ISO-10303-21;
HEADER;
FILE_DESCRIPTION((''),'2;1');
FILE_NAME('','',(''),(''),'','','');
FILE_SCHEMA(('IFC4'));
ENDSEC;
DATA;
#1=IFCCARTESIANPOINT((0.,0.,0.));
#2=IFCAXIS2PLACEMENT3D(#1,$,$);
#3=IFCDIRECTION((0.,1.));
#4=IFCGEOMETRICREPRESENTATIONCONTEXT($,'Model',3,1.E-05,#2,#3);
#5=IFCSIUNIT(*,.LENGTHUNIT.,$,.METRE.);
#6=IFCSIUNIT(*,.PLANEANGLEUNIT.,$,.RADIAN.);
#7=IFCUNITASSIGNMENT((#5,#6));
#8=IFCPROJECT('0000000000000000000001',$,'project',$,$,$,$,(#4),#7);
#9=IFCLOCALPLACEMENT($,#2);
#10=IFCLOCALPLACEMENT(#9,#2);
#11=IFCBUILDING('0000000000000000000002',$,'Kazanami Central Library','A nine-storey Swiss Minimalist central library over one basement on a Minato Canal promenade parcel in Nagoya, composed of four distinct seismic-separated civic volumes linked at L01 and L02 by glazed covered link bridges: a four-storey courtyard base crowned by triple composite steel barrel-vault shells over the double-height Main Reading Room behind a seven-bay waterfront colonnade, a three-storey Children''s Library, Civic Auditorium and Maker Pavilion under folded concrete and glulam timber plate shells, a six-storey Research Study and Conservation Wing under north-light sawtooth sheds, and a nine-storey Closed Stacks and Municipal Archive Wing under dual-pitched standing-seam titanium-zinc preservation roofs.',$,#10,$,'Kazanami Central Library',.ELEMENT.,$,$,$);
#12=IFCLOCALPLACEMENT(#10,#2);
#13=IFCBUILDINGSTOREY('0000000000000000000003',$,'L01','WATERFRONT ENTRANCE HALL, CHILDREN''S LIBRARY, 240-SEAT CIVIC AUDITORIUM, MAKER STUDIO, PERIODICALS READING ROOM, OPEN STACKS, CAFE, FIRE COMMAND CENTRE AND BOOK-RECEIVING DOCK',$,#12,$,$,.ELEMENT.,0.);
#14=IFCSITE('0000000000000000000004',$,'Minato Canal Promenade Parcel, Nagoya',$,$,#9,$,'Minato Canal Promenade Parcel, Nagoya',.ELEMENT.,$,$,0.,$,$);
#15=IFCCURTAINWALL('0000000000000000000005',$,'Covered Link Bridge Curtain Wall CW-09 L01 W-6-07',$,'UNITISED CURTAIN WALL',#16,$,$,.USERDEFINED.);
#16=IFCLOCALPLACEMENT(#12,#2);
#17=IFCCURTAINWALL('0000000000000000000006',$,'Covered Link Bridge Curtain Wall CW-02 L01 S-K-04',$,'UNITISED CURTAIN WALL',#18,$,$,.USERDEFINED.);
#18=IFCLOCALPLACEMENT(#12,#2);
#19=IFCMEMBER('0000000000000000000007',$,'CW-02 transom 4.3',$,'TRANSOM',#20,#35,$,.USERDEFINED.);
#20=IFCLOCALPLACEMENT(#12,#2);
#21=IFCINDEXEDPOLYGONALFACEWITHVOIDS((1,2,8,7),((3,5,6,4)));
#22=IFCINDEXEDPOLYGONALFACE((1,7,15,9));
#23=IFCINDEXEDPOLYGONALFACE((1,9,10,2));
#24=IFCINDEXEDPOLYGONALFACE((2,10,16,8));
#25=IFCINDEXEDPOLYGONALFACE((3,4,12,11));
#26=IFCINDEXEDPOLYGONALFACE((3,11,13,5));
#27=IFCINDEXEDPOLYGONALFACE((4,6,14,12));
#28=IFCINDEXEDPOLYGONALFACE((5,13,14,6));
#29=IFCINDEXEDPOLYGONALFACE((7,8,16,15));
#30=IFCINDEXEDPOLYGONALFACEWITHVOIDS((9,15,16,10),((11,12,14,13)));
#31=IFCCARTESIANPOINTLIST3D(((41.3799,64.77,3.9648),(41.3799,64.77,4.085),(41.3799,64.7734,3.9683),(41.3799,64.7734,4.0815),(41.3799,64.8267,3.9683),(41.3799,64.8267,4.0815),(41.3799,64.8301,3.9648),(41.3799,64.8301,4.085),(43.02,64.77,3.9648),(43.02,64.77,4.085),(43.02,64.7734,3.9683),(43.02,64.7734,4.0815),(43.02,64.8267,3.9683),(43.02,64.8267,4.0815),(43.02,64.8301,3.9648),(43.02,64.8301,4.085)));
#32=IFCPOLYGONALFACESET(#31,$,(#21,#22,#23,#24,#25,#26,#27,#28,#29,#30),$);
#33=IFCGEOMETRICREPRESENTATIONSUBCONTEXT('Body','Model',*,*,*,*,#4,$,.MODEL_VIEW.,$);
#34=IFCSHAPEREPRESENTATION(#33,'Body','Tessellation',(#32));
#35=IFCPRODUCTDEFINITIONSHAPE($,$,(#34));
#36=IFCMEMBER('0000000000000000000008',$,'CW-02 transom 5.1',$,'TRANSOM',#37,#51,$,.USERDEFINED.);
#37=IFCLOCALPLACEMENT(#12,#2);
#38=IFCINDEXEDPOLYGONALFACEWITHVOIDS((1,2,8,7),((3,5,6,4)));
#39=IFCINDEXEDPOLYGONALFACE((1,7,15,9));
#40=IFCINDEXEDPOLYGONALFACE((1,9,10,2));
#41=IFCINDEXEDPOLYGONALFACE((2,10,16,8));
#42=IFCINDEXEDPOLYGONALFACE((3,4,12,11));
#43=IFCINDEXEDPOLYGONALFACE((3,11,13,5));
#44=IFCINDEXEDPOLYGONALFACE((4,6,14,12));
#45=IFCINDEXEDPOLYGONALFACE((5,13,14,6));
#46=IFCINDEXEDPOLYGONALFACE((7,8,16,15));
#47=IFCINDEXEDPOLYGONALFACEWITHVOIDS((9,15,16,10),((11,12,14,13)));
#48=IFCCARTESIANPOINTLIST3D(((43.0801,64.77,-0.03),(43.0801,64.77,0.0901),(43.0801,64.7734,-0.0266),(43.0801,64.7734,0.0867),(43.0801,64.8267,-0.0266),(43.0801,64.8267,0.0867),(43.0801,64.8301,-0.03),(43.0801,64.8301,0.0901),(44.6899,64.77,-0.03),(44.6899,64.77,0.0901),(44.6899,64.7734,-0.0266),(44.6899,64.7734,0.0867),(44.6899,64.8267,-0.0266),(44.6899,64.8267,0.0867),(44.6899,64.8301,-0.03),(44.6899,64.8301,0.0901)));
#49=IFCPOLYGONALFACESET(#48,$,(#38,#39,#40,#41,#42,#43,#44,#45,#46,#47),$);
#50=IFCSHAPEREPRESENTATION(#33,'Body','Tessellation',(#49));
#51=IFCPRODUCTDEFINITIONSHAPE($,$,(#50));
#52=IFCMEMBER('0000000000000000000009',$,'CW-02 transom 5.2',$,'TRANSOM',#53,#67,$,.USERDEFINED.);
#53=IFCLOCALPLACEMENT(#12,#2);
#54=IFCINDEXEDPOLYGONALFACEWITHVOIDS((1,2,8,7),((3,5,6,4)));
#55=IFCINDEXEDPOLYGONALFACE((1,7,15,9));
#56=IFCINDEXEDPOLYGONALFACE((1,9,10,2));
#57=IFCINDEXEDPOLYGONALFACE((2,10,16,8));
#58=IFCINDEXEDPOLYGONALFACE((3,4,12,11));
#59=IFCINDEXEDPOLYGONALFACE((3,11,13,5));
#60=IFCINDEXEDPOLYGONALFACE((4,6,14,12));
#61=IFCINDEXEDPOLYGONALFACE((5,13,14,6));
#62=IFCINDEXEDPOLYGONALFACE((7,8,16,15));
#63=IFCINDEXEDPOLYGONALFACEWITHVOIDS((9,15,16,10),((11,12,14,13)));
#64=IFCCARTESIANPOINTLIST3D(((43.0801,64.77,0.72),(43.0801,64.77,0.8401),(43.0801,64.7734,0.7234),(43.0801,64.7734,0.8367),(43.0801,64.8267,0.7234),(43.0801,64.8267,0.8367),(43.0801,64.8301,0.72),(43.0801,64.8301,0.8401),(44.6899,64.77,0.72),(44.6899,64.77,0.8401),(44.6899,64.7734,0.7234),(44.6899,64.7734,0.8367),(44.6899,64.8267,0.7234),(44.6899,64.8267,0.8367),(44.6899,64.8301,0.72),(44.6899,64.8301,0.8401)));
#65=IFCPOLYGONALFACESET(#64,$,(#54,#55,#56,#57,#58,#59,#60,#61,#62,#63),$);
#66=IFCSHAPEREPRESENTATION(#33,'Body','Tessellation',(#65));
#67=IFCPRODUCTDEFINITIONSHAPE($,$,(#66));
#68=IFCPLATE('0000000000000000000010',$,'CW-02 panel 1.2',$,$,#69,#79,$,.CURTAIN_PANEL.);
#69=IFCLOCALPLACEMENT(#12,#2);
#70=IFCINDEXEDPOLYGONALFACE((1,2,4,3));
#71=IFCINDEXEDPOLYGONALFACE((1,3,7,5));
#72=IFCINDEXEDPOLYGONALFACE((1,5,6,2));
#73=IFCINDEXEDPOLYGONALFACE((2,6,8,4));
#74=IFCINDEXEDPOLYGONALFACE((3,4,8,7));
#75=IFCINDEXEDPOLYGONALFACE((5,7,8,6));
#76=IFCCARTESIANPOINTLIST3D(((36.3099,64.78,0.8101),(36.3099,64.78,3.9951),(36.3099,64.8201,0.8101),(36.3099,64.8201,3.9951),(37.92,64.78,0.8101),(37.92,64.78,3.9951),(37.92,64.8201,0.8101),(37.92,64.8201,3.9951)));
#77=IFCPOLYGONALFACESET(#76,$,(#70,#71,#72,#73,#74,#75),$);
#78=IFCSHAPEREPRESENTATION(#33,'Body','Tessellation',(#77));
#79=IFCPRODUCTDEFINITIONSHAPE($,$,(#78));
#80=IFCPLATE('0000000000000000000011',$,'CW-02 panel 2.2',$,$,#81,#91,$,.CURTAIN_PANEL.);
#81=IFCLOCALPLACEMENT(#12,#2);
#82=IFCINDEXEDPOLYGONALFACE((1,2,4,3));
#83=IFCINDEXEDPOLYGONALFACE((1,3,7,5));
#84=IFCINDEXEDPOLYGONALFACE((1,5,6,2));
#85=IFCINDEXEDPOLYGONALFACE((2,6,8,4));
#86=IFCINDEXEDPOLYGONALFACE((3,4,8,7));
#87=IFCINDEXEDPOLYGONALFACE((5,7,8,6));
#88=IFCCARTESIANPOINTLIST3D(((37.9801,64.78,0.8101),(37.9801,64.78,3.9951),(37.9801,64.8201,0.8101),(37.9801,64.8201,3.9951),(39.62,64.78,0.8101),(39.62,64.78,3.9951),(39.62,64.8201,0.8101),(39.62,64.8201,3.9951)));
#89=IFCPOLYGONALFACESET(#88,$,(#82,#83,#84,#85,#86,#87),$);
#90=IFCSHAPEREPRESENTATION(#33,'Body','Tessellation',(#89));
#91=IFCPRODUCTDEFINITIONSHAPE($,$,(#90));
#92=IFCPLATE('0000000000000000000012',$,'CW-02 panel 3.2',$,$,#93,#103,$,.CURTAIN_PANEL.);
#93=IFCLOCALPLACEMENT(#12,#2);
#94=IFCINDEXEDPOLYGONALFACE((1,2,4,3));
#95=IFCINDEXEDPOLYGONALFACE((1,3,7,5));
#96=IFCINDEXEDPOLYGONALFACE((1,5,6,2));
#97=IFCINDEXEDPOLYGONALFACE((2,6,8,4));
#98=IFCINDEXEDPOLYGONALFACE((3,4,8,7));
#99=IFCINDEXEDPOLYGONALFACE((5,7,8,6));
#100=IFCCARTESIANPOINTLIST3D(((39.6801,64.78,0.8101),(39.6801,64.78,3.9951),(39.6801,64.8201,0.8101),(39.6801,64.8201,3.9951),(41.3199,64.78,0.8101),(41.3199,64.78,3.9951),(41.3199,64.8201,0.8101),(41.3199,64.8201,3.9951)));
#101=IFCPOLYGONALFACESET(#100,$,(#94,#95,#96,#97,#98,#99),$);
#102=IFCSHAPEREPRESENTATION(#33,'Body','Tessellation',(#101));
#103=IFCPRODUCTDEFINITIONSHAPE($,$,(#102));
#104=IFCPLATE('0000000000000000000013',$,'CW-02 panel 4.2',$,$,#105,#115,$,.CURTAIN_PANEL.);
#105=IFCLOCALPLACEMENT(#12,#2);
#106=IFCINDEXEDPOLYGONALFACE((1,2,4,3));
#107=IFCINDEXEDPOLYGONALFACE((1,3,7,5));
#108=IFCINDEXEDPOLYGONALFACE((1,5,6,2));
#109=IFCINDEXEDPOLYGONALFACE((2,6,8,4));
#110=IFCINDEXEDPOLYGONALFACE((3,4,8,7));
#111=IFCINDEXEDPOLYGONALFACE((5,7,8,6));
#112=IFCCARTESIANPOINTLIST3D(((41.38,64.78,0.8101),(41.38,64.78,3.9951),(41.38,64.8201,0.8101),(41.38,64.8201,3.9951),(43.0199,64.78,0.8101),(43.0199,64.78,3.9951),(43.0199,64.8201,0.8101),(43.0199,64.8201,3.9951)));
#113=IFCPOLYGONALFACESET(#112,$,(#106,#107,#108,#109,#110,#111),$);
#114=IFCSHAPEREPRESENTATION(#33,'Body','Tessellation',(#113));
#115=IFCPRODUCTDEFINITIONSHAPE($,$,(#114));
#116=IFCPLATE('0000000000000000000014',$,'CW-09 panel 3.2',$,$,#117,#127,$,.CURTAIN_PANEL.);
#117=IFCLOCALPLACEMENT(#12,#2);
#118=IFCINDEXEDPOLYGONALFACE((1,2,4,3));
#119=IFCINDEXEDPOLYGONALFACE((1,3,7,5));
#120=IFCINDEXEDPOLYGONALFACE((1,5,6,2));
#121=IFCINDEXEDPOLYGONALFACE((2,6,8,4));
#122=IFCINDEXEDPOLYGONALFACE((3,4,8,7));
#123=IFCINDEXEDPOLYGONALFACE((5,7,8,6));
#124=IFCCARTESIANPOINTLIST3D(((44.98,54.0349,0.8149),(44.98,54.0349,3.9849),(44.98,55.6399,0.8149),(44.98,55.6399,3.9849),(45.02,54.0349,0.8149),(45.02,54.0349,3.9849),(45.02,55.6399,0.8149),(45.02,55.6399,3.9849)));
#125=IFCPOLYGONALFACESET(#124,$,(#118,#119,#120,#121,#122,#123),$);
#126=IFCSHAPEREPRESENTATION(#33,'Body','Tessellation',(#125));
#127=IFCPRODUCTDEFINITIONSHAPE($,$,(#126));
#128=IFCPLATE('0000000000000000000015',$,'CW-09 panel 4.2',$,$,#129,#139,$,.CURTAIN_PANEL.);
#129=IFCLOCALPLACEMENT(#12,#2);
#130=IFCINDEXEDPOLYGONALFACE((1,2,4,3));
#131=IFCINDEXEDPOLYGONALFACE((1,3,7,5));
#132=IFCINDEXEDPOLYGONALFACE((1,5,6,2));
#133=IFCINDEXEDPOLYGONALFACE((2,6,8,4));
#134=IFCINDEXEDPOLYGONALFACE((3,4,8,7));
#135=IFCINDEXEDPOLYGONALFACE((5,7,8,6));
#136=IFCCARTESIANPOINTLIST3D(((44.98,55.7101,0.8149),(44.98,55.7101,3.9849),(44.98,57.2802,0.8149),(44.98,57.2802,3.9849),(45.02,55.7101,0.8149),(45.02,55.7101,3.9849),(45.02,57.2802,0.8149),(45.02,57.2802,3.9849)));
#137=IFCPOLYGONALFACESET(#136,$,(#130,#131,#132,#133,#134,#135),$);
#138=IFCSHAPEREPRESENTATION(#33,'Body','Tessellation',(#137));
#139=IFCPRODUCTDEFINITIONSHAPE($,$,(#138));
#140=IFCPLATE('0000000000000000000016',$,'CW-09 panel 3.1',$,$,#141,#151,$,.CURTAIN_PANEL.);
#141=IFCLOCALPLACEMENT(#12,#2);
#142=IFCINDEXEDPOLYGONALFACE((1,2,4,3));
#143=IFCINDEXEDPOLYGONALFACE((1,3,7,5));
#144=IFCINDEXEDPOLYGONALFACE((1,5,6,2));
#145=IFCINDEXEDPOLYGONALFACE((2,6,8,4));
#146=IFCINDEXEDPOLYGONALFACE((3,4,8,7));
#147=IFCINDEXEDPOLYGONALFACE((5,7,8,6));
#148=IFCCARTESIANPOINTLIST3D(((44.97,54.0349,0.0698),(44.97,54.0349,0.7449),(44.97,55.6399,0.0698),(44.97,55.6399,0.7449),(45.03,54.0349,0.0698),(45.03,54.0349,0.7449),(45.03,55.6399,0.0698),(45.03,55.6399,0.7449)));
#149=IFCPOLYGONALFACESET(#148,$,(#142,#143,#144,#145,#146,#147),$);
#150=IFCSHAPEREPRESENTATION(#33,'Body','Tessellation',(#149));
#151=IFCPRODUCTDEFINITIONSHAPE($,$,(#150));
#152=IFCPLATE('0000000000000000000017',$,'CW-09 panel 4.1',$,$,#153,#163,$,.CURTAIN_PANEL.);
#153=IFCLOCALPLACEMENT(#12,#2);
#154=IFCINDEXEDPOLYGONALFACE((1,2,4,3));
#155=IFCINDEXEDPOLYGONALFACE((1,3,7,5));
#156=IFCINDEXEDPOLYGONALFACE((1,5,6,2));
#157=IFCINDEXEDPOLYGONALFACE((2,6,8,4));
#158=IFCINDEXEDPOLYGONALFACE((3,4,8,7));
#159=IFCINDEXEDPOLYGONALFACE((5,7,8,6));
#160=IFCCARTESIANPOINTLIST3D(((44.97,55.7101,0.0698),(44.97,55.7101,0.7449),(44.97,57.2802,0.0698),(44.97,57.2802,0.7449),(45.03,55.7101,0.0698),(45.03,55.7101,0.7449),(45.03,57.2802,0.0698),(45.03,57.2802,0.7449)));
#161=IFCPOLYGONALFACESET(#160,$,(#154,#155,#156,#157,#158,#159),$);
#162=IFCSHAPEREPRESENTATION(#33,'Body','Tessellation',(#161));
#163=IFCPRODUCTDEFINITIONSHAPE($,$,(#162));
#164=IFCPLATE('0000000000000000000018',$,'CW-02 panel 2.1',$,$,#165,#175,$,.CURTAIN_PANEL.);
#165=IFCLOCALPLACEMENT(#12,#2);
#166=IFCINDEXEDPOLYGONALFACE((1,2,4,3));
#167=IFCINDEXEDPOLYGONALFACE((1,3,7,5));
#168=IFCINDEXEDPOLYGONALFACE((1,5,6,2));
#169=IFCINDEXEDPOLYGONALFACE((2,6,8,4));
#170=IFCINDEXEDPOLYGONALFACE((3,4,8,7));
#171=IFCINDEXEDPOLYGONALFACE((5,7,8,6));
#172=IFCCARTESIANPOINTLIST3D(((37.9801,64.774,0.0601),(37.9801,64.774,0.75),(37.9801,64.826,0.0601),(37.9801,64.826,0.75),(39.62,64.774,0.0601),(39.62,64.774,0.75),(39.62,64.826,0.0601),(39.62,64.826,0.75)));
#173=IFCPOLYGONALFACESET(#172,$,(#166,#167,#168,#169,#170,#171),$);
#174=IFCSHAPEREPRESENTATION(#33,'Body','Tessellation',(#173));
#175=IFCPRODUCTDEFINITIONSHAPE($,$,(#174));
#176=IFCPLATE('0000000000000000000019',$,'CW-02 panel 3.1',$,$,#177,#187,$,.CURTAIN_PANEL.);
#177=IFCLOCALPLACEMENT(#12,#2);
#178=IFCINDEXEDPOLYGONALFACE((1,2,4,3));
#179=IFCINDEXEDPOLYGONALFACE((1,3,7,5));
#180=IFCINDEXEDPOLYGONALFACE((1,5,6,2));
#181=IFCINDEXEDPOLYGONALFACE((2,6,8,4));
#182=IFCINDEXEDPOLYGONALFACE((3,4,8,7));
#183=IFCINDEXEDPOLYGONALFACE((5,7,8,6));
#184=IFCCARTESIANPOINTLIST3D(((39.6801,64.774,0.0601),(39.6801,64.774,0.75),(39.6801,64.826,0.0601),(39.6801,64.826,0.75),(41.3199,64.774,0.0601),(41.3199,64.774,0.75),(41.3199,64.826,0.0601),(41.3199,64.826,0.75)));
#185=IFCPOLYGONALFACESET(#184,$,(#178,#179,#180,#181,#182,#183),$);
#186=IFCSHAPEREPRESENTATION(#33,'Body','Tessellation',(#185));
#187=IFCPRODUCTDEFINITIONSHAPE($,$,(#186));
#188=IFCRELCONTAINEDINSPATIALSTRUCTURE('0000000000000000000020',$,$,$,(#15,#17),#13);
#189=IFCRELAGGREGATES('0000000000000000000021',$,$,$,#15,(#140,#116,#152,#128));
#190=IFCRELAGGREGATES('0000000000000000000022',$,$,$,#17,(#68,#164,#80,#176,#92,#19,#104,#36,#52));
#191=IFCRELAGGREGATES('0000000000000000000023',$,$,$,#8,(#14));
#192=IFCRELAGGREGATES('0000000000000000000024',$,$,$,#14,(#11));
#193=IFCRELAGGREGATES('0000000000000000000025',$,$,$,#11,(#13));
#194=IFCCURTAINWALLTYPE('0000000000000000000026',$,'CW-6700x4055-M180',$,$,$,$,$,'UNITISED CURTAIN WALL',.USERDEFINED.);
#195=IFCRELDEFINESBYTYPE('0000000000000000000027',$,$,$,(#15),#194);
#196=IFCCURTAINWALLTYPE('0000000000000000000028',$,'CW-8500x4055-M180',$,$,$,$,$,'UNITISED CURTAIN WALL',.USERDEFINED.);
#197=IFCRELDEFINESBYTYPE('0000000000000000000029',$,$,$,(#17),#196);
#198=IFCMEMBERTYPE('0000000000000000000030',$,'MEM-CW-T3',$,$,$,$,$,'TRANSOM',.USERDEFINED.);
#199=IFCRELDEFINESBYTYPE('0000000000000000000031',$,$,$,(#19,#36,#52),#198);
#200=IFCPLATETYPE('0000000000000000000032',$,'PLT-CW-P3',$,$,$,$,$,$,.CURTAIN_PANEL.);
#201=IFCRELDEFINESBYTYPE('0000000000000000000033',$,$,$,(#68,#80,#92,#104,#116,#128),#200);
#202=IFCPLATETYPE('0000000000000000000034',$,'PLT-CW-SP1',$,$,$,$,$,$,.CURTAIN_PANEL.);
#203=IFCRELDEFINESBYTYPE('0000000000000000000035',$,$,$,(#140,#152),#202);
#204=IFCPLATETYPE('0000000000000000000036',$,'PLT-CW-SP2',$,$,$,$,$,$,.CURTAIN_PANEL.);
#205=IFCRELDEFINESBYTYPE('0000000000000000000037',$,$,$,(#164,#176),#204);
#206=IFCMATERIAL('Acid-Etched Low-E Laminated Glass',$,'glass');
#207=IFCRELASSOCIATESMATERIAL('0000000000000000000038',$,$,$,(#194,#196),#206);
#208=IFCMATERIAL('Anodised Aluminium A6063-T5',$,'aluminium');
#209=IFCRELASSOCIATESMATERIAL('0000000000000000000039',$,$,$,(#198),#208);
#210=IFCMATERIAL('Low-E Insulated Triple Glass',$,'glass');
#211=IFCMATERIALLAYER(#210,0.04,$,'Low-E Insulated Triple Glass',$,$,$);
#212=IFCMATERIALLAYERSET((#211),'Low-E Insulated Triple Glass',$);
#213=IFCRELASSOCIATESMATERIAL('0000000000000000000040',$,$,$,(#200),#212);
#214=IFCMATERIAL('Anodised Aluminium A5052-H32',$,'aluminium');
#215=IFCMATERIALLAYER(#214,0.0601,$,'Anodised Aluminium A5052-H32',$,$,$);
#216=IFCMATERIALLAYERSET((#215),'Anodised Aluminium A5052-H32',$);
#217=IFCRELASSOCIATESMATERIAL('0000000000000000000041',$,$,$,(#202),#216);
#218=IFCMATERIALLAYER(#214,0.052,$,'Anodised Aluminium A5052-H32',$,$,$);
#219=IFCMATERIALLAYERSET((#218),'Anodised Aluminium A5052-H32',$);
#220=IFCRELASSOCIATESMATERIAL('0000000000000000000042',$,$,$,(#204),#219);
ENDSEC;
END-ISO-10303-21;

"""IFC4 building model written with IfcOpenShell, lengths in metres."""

from ifc_helpers import new_model, si_unit, direction, frame, origin, origin_2d, place, context, subcontext, project, spatial, rectangle, hollow_rectangle, extrude, material, layer, layer_set, material_profile, profile_set, type_object, element, aggregate, save


model = new_model("IFC4")

# Units and contexts
model_context = context("Model", 3, precision=1e-05, world=origin(), true_north=direction((0.0, 1.0)))
body_context = subcontext(model_context, "Body", "Model", "MODEL_VIEW")
ifc_project = project(units=[si_unit("LENGTHUNIT", "METRE"), si_unit("PLANEANGLEUNIT", "RADIAN")], contexts=[model_context])

# Site, building, storey
site_placement = place(None, origin())
site = spatial("IfcSite", under=ifc_project, at=site_placement, Name="Minato Canal Promenade Parcel, Nagoya", LongName="Minato Canal Promenade Parcel, Nagoya", CompositionType="ELEMENT", RefElevation=0.0)
building_placement = place(site_placement, origin())
building = spatial("IfcBuilding", under=site, at=building_placement, Name="Kazanami Central Library", Description="A nine-storey Swiss Minimalist central library over one basement on a Minato Canal promenade parcel in Nagoya, composed of four distinct seismic-separated civic volumes linked at L01 and L02 by glazed covered link bridges: a four-storey courtyard base crowned by triple composite steel barrel-vault shells over the double-height Main Reading Room behind a seven-bay waterfront colonnade, a three-storey Children's Library, Civic Auditorium and Maker Pavilion under folded concrete and glulam timber plate shells, a six-storey Research Study and Conservation Wing under north-light sawtooth sheds, and a nine-storey Closed Stacks and Municipal Archive Wing under dual-pitched standing-seam titanium-zinc preservation roofs.", LongName="Kazanami Central Library", CompositionType="ELEMENT")
storey_placement = place(building_placement, origin())
storey = spatial("IfcBuildingStorey", under=building, at=storey_placement, Name="L01", Description="WATERFRONT ENTRANCE HALL, CHILDREN'S LIBRARY, 240-SEAT CIVIC AUDITORIUM, MAKER STUDIO, PERIODICALS READING ROOM, OPEN STACKS, CAFE, FIRE COMMAND CENTRE AND BOOK-RECEIVING DOCK", CompositionType="ELEMENT", Elevation=0.0)

# Curtain walls
ifc_material_1 = material(Name="Acid-Etched Low-E Laminated Glass", Category="glass")
curtain_wall_type_1 = type_object("IfcCurtainWallType", Name="CW-6700x4055-M180", ElementType="UNITISED CURTAIN WALL", PredefinedType="USERDEFINED", material=ifc_material_1)
curtain_wall_1_placement = place(storey_placement, origin())
curtain_wall_1 = element("IfcCurtainWall", 1, at=curtain_wall_1_placement, inside=storey, type_object=curtain_wall_type_1, Name="Covered Link Bridge Curtain Wall CW-09 L01 W-6-07", ObjectType="UNITISED CURTAIN WALL", PredefinedType="USERDEFINED")
ifc_material_2 = material(Name="Anodised Aluminium A6063-T5", Category="aluminium")
curtain_wall_type_2 = type_object("IfcCurtainWallType", Name="CW-8500x4055-M180", ElementType="UNITISED CURTAIN WALL", PredefinedType="USERDEFINED", material=ifc_material_1)
curtain_wall_2_placement = place(storey_placement, origin())
curtain_wall_2 = element("IfcCurtainWall", 2, at=curtain_wall_2_placement, inside=storey, type_object=curtain_wall_type_2, Name="Covered Link Bridge Curtain Wall CW-02 L01 S-K-04", ObjectType="UNITISED CURTAIN WALL", PredefinedType="USERDEFINED")

# Members
ifc_material_profile_1 = material_profile(ifc_material_2, hollow_rectangle(XDim=0.0601, YDim=0.1201, WallThickness=0.0034, at=origin_2d()), Name="ALU-TRAN-60x120x3.5")
ifc_profile_set_1 = profile_set([ifc_material_profile_1], Name="Anodised Aluminium A6063-T5")
member_type_1 = type_object("IfcMemberType", Name="MEM-CW-T3", ElementType="TRANSOM", PredefinedType="USERDEFINED", material=ifc_profile_set_1)
member_1_placement = place(storey_placement, frame((41.3799, 64.8, 4.0249), z_axis=(1.0, 0.0, 0.0), x_axis=(0.0, 1.0, 0.0)))
member_1 = element("IfcMember", 3, at=member_1_placement, type_object=member_type_1, Name="CW-02 transom 4.3", ObjectType="TRANSOM", PredefinedType="USERDEFINED", context=body_context, shape_type="SweptSolid", body=[
    extrude(hollow_rectangle(XDim=0.0601, YDim=0.1201, WallThickness=0.0034, at=origin_2d()), origin(), (0.0, 0.0, 1.0), 1.6401),
])
member_2_placement = place(storey_placement, frame((43.0801, 64.8, 0.03), z_axis=(1.0, 0.0, 0.0), x_axis=(0.0, 1.0, 0.0)))
member_2 = element("IfcMember", 4, at=member_2_placement, type_object=member_type_1, Name="CW-02 transom 5.1", ObjectType="TRANSOM", PredefinedType="USERDEFINED", context=body_context, shape_type="SweptSolid", body=[
    extrude(hollow_rectangle(XDim=0.0601, YDim=0.1201, WallThickness=0.0034, at=origin_2d()), origin(), (0.0, 0.0, 1.0), 1.6099),
])
member_3_placement = place(storey_placement, frame((43.0801, 64.8, 0.78), z_axis=(1.0, 0.0, 0.0), x_axis=(0.0, 1.0, 0.0)))
member_3 = element("IfcMember", 5, at=member_3_placement, type_object=member_type_1, Name="CW-02 transom 5.2", ObjectType="TRANSOM", PredefinedType="USERDEFINED", context=body_context, shape_type="SweptSolid", body=[
    extrude(hollow_rectangle(XDim=0.0601, YDim=0.1201, WallThickness=0.0034, at=origin_2d()), origin(), (0.0, 0.0, 1.0), 1.6099),
])

# Plates
ifc_material_3 = material(Name="Low-E Insulated Triple Glass", Category="glass")
ifc_layer_1 = layer(ifc_material_3, 0.04, Name="Low-E Insulated Triple Glass")
ifc_layer_set_1 = layer_set([ifc_layer_1], Name="Low-E Insulated Triple Glass")
plate_type_1 = type_object("IfcPlateType", Name="PLT-CW-P3", PredefinedType="CURTAIN_PANEL", material=ifc_layer_set_1)
plate_1_placement = place(storey_placement, frame((37.115, 64.8, 0.8101), z_axis=(0.0, 0.0, 1.0), x_axis=(1.0, 0.0, 0.0)))
plate_1 = element("IfcPlate", 6, at=plate_1_placement, type_object=plate_type_1, Name="CW-02 panel 1.2", PredefinedType="CURTAIN_PANEL", context=body_context, shape_type="SweptSolid", body=[
    extrude(rectangle(XDim=1.6101, YDim=0.04, at=origin_2d()), origin(), (0.0, 0.0, 1.0), 3.1851),
])
plate_2_placement = place(storey_placement, frame((38.8, 64.8, 0.8101), z_axis=(0.0, 0.0, 1.0), x_axis=(1.0, 0.0, 0.0)))
plate_2 = element("IfcPlate", 7, at=plate_2_placement, type_object=plate_type_1, Name="CW-02 panel 2.2", PredefinedType="CURTAIN_PANEL", context=body_context, shape_type="SweptSolid", body=[
    extrude(rectangle(XDim=1.6399, YDim=0.04, at=origin_2d()), origin(), (0.0, 0.0, 1.0), 3.1851),
])
plate_3_placement = place(storey_placement, frame((40.5, 64.8, 0.8101), z_axis=(0.0, 0.0, 1.0), x_axis=(1.0, 0.0, 0.0)))
plate_3 = element("IfcPlate", 8, at=plate_3_placement, type_object=plate_type_1, Name="CW-02 panel 3.2", PredefinedType="CURTAIN_PANEL", context=body_context, shape_type="SweptSolid", body=[
    extrude(rectangle(XDim=1.6399, YDim=0.04, at=origin_2d()), origin(), (0.0, 0.0, 1.0), 3.1851),
])
plate_4_placement = place(storey_placement, frame((42.2, 64.8, 0.8101), z_axis=(0.0, 0.0, 1.0), x_axis=(1.0, 0.0, 0.0)))
plate_4 = element("IfcPlate", 9, at=plate_4_placement, type_object=plate_type_1, Name="CW-02 panel 4.2", PredefinedType="CURTAIN_PANEL", context=body_context, shape_type="SweptSolid", body=[
    extrude(rectangle(XDim=1.6399, YDim=0.04, at=origin_2d()), origin(), (0.0, 0.0, 1.0), 3.1851),
])
plate_5_placement = place(storey_placement, frame((45.0, 54.8374, 0.8149), z_axis=(0.0, 0.0, 1.0), x_axis=(0.0, 1.0, 0.0)))
plate_5 = element("IfcPlate", 10, at=plate_5_placement, type_object=plate_type_1, Name="CW-09 panel 3.2", PredefinedType="CURTAIN_PANEL", context=body_context, shape_type="SweptSolid", body=[
    extrude(rectangle(XDim=1.605, YDim=0.04, at=origin_2d()), origin(), (0.0, 0.0, 1.0), 3.1699),
])
plate_6_placement = place(storey_placement, frame((45.0, 56.4951, 0.8149), z_axis=(0.0, 0.0, 1.0), x_axis=(0.0, 1.0, 0.0)))
plate_6 = element("IfcPlate", 11, at=plate_6_placement, type_object=plate_type_1, Name="CW-09 panel 4.2", PredefinedType="CURTAIN_PANEL", context=body_context, shape_type="SweptSolid", body=[
    extrude(rectangle(XDim=1.5701, YDim=0.04, at=origin_2d()), origin(), (0.0, 0.0, 1.0), 3.1699),
])
ifc_material_4 = material(Name="Anodised Aluminium A5052-H32", Category="aluminium")
ifc_layer_2 = layer(ifc_material_4, 0.0601, Name="Anodised Aluminium A5052-H32")
ifc_layer_set_2 = layer_set([ifc_layer_2], Name="Anodised Aluminium A5052-H32")
plate_type_2 = type_object("IfcPlateType", Name="PLT-CW-SP1", PredefinedType="CURTAIN_PANEL", material=ifc_layer_set_2)
plate_7_placement = place(storey_placement, frame((45.0, 54.8374, 0.0698), z_axis=(0.0, 0.0, 1.0), x_axis=(0.0, 1.0, 0.0)))
plate_7 = element("IfcPlate", 12, at=plate_7_placement, type_object=plate_type_2, Name="CW-09 panel 3.1", PredefinedType="CURTAIN_PANEL", context=body_context, shape_type="SweptSolid", body=[
    extrude(rectangle(XDim=1.605, YDim=0.0601, at=origin_2d()), origin(), (0.0, 0.0, 1.0), 0.675),
])
plate_8_placement = place(storey_placement, frame((45.0, 56.4951, 0.0698), z_axis=(0.0, 0.0, 1.0), x_axis=(0.0, 1.0, 0.0)))
plate_8 = element("IfcPlate", 13, at=plate_8_placement, type_object=plate_type_2, Name="CW-09 panel 4.1", PredefinedType="CURTAIN_PANEL", context=body_context, shape_type="SweptSolid", body=[
    extrude(rectangle(XDim=1.5701, YDim=0.0601, at=origin_2d()), origin(), (0.0, 0.0, 1.0), 0.675),
])
aggregate(curtain_wall_1, [plate_7, plate_5, plate_8, plate_6])
ifc_layer_3 = layer(ifc_material_4, 0.052, Name="Anodised Aluminium A5052-H32")
ifc_layer_set_3 = layer_set([ifc_layer_3], Name="Anodised Aluminium A5052-H32")
plate_type_3 = type_object("IfcPlateType", Name="PLT-CW-SP2", PredefinedType="CURTAIN_PANEL", material=ifc_layer_set_3)
plate_9_placement = place(storey_placement, frame((38.8, 64.8, 0.0601), z_axis=(0.0, 0.0, 1.0), x_axis=(1.0, 0.0, 0.0)))
plate_9 = element("IfcPlate", 14, at=plate_9_placement, type_object=plate_type_3, Name="CW-02 panel 2.1", PredefinedType="CURTAIN_PANEL", context=body_context, shape_type="SweptSolid", body=[
    extrude(rectangle(XDim=1.6399, YDim=0.052, at=origin_2d()), origin(), (0.0, 0.0, 1.0), 0.6899),
])
plate_10_placement = place(storey_placement, frame((40.5, 64.8, 0.0601), z_axis=(0.0, 0.0, 1.0), x_axis=(1.0, 0.0, 0.0)))
plate_10 = element("IfcPlate", 15, at=plate_10_placement, type_object=plate_type_3, Name="CW-02 panel 3.1", PredefinedType="CURTAIN_PANEL", context=body_context, shape_type="SweptSolid", body=[
    extrude(rectangle(XDim=1.6399, YDim=0.052, at=origin_2d()), origin(), (0.0, 0.0, 1.0), 0.6899),
])
aggregate(curtain_wall_2, [plate_1, plate_9, plate_2, plate_10, plate_3, member_1, plate_4, member_2, member_3])

save(model, "model.ifc")
